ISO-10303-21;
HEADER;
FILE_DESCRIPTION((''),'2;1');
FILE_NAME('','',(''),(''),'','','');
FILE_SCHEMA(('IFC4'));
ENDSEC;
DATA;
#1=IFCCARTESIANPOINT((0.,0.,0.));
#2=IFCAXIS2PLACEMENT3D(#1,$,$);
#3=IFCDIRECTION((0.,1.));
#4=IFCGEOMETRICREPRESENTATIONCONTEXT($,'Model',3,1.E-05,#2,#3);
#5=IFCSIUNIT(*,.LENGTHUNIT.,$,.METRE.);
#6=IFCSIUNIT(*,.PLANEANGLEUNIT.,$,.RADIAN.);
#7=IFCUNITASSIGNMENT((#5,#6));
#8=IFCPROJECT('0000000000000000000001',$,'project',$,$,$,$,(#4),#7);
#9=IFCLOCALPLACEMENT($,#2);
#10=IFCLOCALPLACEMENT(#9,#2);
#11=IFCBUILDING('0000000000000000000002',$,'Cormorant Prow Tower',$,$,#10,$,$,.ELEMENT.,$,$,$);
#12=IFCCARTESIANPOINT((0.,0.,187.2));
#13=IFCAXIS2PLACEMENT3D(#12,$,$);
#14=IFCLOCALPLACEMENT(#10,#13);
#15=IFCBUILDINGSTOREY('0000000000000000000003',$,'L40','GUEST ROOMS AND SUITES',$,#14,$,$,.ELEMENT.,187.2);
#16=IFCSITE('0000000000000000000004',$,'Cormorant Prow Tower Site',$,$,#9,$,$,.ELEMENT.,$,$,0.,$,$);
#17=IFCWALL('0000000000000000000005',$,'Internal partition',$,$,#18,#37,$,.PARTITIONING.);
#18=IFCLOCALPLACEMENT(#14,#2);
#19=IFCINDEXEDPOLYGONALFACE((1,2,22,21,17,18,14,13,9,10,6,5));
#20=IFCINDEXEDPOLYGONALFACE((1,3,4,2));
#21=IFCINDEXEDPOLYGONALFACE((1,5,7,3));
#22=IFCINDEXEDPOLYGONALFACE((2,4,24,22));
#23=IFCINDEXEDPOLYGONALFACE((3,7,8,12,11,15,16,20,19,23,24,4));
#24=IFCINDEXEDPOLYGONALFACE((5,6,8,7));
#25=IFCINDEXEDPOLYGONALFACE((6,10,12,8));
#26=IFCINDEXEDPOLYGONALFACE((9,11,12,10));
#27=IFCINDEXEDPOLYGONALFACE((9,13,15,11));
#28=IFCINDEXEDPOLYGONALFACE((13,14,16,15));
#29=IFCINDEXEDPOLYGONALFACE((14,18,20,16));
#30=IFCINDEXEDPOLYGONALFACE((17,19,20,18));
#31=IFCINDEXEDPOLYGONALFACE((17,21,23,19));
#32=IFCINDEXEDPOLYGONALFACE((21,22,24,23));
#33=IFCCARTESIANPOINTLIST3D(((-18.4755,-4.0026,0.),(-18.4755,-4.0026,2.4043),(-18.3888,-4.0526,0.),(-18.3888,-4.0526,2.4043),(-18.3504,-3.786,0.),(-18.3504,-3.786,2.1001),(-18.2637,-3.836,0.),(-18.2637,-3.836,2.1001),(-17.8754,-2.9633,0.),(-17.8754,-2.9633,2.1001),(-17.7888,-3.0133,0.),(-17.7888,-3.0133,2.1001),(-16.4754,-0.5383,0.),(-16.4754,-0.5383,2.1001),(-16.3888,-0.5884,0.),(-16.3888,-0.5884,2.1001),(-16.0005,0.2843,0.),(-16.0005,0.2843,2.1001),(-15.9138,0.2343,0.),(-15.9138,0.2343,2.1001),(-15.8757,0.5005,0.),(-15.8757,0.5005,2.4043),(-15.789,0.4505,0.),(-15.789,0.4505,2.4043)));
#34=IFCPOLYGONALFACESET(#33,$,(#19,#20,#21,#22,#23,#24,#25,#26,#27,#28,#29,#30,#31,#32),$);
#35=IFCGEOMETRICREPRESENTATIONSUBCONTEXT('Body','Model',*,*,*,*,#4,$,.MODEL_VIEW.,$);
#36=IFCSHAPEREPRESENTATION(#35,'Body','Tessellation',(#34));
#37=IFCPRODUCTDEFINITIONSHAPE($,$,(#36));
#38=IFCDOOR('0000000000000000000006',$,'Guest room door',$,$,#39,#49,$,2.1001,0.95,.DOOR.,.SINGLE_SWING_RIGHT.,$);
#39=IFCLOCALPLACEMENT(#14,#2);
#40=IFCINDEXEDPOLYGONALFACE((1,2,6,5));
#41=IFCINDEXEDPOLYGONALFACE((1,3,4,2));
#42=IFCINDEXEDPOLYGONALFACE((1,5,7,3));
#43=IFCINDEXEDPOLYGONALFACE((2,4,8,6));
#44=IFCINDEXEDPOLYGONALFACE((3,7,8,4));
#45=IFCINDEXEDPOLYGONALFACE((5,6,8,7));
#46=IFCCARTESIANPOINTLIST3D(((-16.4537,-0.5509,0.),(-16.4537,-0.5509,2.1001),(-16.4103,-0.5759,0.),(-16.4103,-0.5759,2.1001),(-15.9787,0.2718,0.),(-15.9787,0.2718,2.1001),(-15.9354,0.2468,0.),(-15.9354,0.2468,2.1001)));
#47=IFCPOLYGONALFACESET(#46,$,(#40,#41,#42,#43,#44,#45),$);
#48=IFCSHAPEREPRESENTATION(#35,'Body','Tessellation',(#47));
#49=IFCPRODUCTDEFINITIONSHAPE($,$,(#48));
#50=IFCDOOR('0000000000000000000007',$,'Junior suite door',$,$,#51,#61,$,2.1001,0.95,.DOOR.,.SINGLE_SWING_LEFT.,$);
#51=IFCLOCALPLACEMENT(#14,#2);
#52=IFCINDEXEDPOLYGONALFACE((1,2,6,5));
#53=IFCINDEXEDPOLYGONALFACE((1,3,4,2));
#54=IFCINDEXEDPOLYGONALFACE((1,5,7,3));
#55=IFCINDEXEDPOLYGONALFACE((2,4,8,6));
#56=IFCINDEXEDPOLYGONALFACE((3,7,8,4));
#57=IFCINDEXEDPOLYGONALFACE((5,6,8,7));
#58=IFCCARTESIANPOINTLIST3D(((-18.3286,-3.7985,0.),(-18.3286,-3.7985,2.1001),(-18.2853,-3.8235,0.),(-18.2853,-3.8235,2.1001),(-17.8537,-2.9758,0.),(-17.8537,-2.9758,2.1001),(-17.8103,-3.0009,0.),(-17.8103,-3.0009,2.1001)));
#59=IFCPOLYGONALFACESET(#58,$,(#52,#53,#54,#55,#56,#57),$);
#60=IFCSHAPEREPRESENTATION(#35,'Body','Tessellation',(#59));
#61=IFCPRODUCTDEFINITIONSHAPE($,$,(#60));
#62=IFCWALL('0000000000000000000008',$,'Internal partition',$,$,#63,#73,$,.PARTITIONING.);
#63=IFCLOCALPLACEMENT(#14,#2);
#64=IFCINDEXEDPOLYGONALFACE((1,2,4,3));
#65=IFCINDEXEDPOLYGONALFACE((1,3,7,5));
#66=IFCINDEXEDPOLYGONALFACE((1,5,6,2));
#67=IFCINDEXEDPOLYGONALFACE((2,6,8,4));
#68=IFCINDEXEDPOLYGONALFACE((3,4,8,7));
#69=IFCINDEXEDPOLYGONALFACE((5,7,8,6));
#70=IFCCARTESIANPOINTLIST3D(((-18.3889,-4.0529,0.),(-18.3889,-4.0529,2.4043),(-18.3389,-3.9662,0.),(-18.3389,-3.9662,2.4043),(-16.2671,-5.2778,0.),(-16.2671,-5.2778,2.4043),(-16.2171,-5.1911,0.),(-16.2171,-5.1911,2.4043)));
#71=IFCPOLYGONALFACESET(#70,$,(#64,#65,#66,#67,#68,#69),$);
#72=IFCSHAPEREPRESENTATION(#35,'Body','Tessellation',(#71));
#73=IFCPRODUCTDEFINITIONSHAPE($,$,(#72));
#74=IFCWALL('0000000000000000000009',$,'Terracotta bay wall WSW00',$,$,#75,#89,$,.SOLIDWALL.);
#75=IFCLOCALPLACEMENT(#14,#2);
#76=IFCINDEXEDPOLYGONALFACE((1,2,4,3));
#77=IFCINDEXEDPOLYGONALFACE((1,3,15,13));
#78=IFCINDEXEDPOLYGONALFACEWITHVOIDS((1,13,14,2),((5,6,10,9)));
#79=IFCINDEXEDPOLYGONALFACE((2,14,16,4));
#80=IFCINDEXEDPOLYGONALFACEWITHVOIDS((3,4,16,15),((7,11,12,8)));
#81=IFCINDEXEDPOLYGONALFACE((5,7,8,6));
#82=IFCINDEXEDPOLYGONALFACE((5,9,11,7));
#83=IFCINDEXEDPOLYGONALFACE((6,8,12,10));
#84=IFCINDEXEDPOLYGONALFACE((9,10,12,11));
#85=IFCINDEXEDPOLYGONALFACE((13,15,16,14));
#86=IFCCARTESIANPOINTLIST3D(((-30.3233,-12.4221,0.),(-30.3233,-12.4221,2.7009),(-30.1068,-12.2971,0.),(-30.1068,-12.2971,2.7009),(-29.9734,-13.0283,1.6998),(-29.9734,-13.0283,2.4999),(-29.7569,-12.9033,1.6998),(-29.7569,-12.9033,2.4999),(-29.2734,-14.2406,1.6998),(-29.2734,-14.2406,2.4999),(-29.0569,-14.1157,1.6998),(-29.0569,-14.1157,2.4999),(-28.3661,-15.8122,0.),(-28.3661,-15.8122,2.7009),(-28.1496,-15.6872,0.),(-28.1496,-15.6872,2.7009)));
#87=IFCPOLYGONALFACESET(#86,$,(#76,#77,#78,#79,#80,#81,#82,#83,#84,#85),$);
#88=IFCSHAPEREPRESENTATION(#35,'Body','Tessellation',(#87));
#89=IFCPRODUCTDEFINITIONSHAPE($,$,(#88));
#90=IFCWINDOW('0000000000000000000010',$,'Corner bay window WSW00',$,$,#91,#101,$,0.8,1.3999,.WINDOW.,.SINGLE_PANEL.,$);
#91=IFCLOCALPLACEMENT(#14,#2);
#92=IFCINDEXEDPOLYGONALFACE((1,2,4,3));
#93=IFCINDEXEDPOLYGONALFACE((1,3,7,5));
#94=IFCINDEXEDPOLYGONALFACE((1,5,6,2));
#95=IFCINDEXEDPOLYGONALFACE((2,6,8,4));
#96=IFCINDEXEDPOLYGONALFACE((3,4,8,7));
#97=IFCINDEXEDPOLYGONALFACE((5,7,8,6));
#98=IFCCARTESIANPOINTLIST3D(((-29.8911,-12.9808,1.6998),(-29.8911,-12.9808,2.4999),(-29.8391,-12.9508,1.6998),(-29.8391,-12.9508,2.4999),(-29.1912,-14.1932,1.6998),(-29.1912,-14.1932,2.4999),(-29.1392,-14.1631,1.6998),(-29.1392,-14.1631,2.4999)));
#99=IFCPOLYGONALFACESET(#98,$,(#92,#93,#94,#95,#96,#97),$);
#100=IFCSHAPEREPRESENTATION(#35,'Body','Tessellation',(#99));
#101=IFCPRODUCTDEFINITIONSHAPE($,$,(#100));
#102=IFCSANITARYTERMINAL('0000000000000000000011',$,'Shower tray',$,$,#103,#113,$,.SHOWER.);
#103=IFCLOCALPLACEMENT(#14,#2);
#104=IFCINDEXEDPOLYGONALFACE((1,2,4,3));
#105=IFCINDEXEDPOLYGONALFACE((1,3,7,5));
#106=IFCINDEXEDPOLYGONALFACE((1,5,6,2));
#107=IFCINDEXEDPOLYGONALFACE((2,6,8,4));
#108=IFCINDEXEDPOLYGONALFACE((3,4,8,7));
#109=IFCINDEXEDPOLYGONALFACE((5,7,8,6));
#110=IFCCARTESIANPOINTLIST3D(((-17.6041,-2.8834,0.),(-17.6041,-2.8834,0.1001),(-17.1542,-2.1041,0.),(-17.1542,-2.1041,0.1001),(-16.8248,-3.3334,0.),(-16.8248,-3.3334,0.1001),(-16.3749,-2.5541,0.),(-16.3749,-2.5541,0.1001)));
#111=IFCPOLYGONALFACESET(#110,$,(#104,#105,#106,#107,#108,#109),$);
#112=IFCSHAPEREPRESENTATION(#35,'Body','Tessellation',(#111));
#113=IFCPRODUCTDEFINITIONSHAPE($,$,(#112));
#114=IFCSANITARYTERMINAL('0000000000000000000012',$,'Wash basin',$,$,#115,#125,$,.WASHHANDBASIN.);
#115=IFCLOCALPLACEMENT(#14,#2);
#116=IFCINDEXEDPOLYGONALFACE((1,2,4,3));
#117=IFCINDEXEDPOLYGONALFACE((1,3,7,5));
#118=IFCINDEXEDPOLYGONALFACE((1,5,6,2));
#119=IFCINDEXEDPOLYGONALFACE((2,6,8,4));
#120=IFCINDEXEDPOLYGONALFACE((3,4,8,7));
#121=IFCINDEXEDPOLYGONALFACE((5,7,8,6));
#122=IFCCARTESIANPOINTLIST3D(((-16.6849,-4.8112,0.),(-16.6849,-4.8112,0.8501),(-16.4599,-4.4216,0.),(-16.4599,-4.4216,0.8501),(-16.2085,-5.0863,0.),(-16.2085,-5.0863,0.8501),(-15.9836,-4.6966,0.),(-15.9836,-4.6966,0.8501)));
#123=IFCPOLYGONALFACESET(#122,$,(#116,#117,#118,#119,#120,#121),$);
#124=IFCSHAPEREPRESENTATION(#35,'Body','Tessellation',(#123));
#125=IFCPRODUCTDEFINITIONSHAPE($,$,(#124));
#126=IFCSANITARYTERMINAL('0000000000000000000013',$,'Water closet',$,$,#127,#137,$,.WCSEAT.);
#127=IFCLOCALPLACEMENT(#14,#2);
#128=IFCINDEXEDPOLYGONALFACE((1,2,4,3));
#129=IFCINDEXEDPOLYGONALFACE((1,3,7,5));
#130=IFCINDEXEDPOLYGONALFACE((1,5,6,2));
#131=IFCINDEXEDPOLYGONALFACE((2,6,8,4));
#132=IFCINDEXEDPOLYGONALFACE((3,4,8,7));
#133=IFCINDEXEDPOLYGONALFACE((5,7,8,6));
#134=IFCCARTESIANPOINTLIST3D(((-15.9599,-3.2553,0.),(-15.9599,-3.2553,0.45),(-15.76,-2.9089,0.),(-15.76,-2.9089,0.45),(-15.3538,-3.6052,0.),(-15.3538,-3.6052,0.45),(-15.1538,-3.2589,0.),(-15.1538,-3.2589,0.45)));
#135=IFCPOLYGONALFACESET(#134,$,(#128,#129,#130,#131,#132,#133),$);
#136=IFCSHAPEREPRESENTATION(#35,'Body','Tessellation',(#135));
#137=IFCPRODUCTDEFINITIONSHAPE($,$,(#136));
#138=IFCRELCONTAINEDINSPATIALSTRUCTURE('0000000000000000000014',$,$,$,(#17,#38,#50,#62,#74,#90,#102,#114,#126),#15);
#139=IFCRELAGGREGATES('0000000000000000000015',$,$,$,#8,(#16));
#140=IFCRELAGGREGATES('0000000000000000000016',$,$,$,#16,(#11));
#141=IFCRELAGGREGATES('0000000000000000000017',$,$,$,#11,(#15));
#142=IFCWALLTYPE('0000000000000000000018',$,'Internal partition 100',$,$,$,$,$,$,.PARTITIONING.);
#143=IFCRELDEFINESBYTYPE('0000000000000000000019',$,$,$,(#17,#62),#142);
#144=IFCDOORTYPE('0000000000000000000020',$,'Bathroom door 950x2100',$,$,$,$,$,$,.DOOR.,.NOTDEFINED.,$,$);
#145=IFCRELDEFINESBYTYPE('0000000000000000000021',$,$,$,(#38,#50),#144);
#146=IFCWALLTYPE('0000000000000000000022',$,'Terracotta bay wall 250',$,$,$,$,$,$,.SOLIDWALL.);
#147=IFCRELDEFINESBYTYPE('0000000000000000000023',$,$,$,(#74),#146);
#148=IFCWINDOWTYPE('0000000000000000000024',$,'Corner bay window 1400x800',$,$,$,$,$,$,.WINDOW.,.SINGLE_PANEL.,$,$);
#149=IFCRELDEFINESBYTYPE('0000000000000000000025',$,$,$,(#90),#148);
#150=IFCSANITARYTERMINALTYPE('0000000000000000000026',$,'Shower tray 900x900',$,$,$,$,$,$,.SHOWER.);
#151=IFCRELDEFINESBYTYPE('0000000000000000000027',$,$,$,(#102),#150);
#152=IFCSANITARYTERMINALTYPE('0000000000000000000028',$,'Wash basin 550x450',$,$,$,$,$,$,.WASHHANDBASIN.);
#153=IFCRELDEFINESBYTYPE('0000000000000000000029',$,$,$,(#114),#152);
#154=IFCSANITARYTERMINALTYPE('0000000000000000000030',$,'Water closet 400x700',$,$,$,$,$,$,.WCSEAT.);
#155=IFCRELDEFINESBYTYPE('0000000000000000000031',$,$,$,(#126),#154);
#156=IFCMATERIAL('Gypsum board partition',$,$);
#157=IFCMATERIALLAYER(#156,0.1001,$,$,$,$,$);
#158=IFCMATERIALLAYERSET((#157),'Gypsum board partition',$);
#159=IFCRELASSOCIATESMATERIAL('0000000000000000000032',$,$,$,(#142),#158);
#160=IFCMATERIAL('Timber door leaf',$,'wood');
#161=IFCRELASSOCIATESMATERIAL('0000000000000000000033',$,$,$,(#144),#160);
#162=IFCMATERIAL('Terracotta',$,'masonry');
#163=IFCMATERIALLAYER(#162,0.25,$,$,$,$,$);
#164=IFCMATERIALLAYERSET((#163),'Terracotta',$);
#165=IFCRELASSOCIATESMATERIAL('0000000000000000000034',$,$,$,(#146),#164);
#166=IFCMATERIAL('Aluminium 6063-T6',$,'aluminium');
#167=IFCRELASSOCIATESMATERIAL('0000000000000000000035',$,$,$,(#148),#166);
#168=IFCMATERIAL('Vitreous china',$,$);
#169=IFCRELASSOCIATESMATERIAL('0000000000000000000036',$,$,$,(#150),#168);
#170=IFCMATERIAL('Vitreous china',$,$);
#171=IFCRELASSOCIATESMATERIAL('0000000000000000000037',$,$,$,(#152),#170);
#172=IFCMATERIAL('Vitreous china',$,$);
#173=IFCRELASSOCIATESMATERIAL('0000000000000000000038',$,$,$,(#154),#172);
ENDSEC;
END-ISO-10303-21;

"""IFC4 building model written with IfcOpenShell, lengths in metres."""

from ifc_helpers import new_model, si_unit, direction, frame, frame_2d, origin, origin_2d, place, context, subcontext, project, spatial, rectangle, extrude, material, layer, layer_set, type_object, element, fill, save


model = new_model("IFC4")

# Units and contexts
model_context = context("Model", 3, precision=1e-05, world=origin(), true_north=direction((0.0, 1.0)))
body_context = subcontext(model_context, "Body", "Model", "MODEL_VIEW")
ifc_project = project(units=[si_unit("LENGTHUNIT", "METRE"), si_unit("PLANEANGLEUNIT", "RADIAN")], contexts=[model_context])

# Site, building, storey
site_placement = place(None, origin())
site = spatial("IfcSite", under=ifc_project, at=site_placement, Name="Cormorant Prow Tower Site", CompositionType="ELEMENT", RefElevation=0.0)
building_placement = place(site_placement, origin())
building = spatial("IfcBuilding", under=site, at=building_placement, Name="Cormorant Prow Tower", CompositionType="ELEMENT")
storey_placement = place(building_placement, frame((0.0, 0.0, 187.2)))
storey = spatial("IfcBuildingStorey", under=building, at=storey_placement, Name="L40", Description="GUEST ROOMS AND SUITES", CompositionType="ELEMENT", Elevation=187.2)

# Wall, openings, doors
ifc_material_1 = material(Name="Gypsum board partition")
ifc_layer_1 = layer(ifc_material_1, 0.1001)
ifc_layer_set_1 = layer_set([ifc_layer_1], Name="Gypsum board partition")
wall_type_1 = type_object("IfcWallType", Name="Internal partition 100", PredefinedType="PARTITIONING", material=ifc_layer_set_1)
wall_1_placement = place(storey_placement, frame((-18.4321, -4.0276, 0.0), z_axis=(0.0, 0.0, 1.0), x_axis=(0.499992, 0.86603, 0.0)))
wall_1 = element("IfcWall", 1, at=wall_1_placement, inside=storey, type_object=wall_type_1, Name="Internal partition", PredefinedType="PARTITIONING", context=body_context, shape_type="SweptSolid", body=[
    extrude(rectangle(XDim=5.1997, YDim=0.1001, at=frame_2d((2.5999, 0.0))), origin(), (0.0, 0.0, 1.0), 2.4043),
])
opening_1_placement = place(wall_1_placement, frame((4.0, 0.0, 0.0)))
opening_1 = element("IfcOpeningElement", 2, at=opening_1_placement, cuts=wall_1, PredefinedType="OPENING", context=body_context, shape_type="SweptSolid", body=[
    extrude(rectangle(XDim=0.95, YDim=2.1001, at=frame_2d((0.4751, 1.05))), frame((0.0, 0.0601, 0.0), z_axis=(0.0, -1.0, 0.0), x_axis=(1.0, 0.0, 0.0)), (0.0, 0.0, 1.0), 0.1201),
])
opening_2_placement = place(wall_1_placement, frame((0.25, 0.0, 0.0)))
opening_2 = element("IfcOpeningElement", 3, at=opening_2_placement, cuts=wall_1, PredefinedType="OPENING", context=body_context, shape_type="SweptSolid", body=[
    extrude(rectangle(XDim=0.95, YDim=2.1001, at=frame_2d((0.4751, 1.05))), frame((0.0, 0.0601, 0.0), z_axis=(0.0, -1.0, 0.0), x_axis=(1.0, 0.0, 0.0)), (0.0, 0.0, 1.0), 0.1201),
])
ifc_material_2 = material(Name="Timber door leaf", Category="wood")
door_type_1 = type_object("IfcDoorType", Name="Bathroom door 950x2100", OperationType="NOTDEFINED", PredefinedType="DOOR", material=ifc_material_2)
door_1_placement = place(opening_1_placement, origin())
door_1 = element("IfcDoor", 4, at=door_1_placement, inside=storey, type_object=door_type_1, Name="Guest room door", OperationType="SINGLE_SWING_RIGHT", OverallHeight=2.1001, OverallWidth=0.95, PredefinedType="DOOR", context=body_context, shape_type="SweptSolid", body=[
    extrude(rectangle(XDim=0.95, YDim=2.1001, at=frame_2d((0.4751, 1.05))), frame((0.0, 0.0249, 0.0), z_axis=(0.0, -1.0, 0.0), x_axis=(1.0, 0.0, 0.0)), (0.0, 0.0, 1.0), 0.05),
])
fill(opening_1, door_1)
door_2_placement = place(opening_2_placement, origin())
door_2 = element("IfcDoor", 5, at=door_2_placement, inside=storey, type_object=door_type_1, Name="Junior suite door", OperationType="SINGLE_SWING_LEFT", OverallHeight=2.1001, OverallWidth=0.95, PredefinedType="DOOR", context=body_context, shape_type="SweptSolid", body=[
    extrude(rectangle(XDim=0.95, YDim=2.1001, at=frame_2d((0.4751, 1.05))), frame((0.0, 0.0249, 0.0), z_axis=(0.0, -1.0, 0.0), x_axis=(1.0, 0.0, 0.0)), (0.0, 0.0, 1.0), 0.05),
])
fill(opening_2, door_2)

# Wall
wall_2_placement = place(storey_placement, frame((-18.364, -4.0095, 0.0), z_axis=(0.0, 0.0, 1.0), x_axis=(0.866058, -0.499944, 0.0)))
element("IfcWall", 6, at=wall_2_placement, inside=storey, type_object=wall_type_1, Name="Internal partition", PredefinedType="PARTITIONING", context=body_context, shape_type="SweptSolid", body=[
    extrude(rectangle(XDim=2.45, YDim=0.1001, at=frame_2d((1.2251, 0.0))), origin(), (0.0, 0.0, 1.0), 2.4043),
])

# Wall, opening, window
ifc_material_3 = material(Name="Terracotta", Category="masonry")
ifc_layer_2 = layer(ifc_material_3, 0.25)
ifc_layer_set_2 = layer_set([ifc_layer_2], Name="Terracotta")
wall_type_2 = type_object("IfcWallType", Name="Terracotta bay wall 250", PredefinedType="SOLIDWALL", material=ifc_layer_set_2)
wall_3_placement = place(storey_placement, frame((-30.2151, -12.3596, 0.0), z_axis=(0.0, 0.0, 1.0), x_axis=(0.499996, -0.866028, 0.0)))
wall_3 = element("IfcWall", 7, at=wall_3_placement, inside=storey, type_object=wall_type_2, Name="Terracotta bay wall WSW00", PredefinedType="SOLIDWALL", context=body_context, shape_type="SweptSolid", body=[
    extrude(rectangle(XDim=3.9146, YDim=0.25, at=frame_2d((1.9573, 0.0))), origin(), (0.0, 0.0, 1.0), 2.7009),
])
opening_3_placement = place(wall_3_placement, frame((0.7, 0.0, 1.7)))
opening_3 = element("IfcOpeningElement", 8, at=opening_3_placement, cuts=wall_3, PredefinedType="OPENING", context=body_context, shape_type="SweptSolid", body=[
    extrude(rectangle(XDim=1.3999, YDim=0.8, at=frame_2d((0.7, 0.3999))), frame((0.0, 0.135, 0.0), z_axis=(0.0, -1.0, 0.0), x_axis=(1.0, 0.0, 0.0)), (0.0, 0.0, 1.0), 0.27),
])
ifc_material_4 = material(Name="Aluminium 6063-T6", Category="aluminium")
window_type = type_object("IfcWindowType", Name="Corner bay window 1400x800", PartitioningType="SINGLE_PANEL", PredefinedType="WINDOW", material=ifc_material_4)
window_placement = place(opening_3_placement, origin())
window = element("IfcWindow", 9, at=window_placement, inside=storey, type_object=window_type, Name="Corner bay window WSW00", OverallHeight=0.8, OverallWidth=1.3999, PartitioningType="SINGLE_PANEL", PredefinedType="WINDOW", context=body_context, shape_type="SweptSolid", body=[
    extrude(rectangle(XDim=1.3999, YDim=0.8, at=frame_2d((0.7, 0.3999))), frame((0.0, 0.03, 0.0), z_axis=(0.0, -1.0, 0.0), x_axis=(1.0, 0.0, 0.0)), (0.0, 0.0, 1.0), 0.0601),
])
fill(opening_3, window)

# Sanitary terminals
ifc_material_5 = material(Name="Vitreous china")
sanitary_terminal_type_1 = type_object("IfcSanitaryTerminalType", Name="Shower tray 900x900", PredefinedType="SHOWER", material=ifc_material_5)
sanitary_terminal_1_placement = place(storey_placement, frame((-16.9895, -2.7188, 0.0), z_axis=(0.0, 0.0, 1.0), x_axis=(0.866025, -0.5, 0.0)))
element("IfcSanitaryTerminal", 10, at=sanitary_terminal_1_placement, inside=storey, type_object=sanitary_terminal_type_1, Name="Shower tray", PredefinedType="SHOWER", context=body_context, shape_type="SweptSolid", body=[
    extrude(rectangle(XDim=0.8999, YDim=0.8999, at=origin_2d()), origin(), (0.0, 0.0, 1.0), 0.1001),
])
ifc_material_6 = material(Name="Vitreous china")
sanitary_terminal_type_2 = type_object("IfcSanitaryTerminalType", Name="Wash basin 550x450", PredefinedType="WASHHANDBASIN", material=ifc_material_6)
sanitary_terminal_2_placement = place(storey_placement, frame((-16.3342, -4.7539, 0.0), z_axis=(0.0, 0.0, 1.0), x_axis=(-0.866025, 0.5, 0.0)))
element("IfcSanitaryTerminal", 11, at=sanitary_terminal_2_placement, inside=storey, type_object=sanitary_terminal_type_2, Name="Wash basin", PredefinedType="WASHHANDBASIN", context=body_context, shape_type="SweptSolid", body=[
    extrude(rectangle(XDim=0.55, YDim=0.45, at=origin_2d()), origin(), (0.0, 0.0, 1.0), 0.8501),
])
ifc_material_7 = material(Name="Vitreous china")
sanitary_terminal_type_3 = type_object("IfcSanitaryTerminalType", Name="Water closet 400x700", PredefinedType="WCSEAT", material=ifc_material_7)
sanitary_terminal_3_placement = place(storey_placement, frame((-15.5569, -3.2571, 0.0), z_axis=(0.0, 0.0, 1.0), x_axis=(-0.5, -0.866025, 0.0)))
element("IfcSanitaryTerminal", 12, at=sanitary_terminal_3_placement, inside=storey, type_object=sanitary_terminal_type_3, Name="Water closet", PredefinedType="WCSEAT", context=body_context, shape_type="SweptSolid", body=[
    extrude(rectangle(XDim=0.3999, YDim=0.7, at=origin_2d()), origin(), (0.0, 0.0, 1.0), 0.45),
])

save(model, "model.ifc")
